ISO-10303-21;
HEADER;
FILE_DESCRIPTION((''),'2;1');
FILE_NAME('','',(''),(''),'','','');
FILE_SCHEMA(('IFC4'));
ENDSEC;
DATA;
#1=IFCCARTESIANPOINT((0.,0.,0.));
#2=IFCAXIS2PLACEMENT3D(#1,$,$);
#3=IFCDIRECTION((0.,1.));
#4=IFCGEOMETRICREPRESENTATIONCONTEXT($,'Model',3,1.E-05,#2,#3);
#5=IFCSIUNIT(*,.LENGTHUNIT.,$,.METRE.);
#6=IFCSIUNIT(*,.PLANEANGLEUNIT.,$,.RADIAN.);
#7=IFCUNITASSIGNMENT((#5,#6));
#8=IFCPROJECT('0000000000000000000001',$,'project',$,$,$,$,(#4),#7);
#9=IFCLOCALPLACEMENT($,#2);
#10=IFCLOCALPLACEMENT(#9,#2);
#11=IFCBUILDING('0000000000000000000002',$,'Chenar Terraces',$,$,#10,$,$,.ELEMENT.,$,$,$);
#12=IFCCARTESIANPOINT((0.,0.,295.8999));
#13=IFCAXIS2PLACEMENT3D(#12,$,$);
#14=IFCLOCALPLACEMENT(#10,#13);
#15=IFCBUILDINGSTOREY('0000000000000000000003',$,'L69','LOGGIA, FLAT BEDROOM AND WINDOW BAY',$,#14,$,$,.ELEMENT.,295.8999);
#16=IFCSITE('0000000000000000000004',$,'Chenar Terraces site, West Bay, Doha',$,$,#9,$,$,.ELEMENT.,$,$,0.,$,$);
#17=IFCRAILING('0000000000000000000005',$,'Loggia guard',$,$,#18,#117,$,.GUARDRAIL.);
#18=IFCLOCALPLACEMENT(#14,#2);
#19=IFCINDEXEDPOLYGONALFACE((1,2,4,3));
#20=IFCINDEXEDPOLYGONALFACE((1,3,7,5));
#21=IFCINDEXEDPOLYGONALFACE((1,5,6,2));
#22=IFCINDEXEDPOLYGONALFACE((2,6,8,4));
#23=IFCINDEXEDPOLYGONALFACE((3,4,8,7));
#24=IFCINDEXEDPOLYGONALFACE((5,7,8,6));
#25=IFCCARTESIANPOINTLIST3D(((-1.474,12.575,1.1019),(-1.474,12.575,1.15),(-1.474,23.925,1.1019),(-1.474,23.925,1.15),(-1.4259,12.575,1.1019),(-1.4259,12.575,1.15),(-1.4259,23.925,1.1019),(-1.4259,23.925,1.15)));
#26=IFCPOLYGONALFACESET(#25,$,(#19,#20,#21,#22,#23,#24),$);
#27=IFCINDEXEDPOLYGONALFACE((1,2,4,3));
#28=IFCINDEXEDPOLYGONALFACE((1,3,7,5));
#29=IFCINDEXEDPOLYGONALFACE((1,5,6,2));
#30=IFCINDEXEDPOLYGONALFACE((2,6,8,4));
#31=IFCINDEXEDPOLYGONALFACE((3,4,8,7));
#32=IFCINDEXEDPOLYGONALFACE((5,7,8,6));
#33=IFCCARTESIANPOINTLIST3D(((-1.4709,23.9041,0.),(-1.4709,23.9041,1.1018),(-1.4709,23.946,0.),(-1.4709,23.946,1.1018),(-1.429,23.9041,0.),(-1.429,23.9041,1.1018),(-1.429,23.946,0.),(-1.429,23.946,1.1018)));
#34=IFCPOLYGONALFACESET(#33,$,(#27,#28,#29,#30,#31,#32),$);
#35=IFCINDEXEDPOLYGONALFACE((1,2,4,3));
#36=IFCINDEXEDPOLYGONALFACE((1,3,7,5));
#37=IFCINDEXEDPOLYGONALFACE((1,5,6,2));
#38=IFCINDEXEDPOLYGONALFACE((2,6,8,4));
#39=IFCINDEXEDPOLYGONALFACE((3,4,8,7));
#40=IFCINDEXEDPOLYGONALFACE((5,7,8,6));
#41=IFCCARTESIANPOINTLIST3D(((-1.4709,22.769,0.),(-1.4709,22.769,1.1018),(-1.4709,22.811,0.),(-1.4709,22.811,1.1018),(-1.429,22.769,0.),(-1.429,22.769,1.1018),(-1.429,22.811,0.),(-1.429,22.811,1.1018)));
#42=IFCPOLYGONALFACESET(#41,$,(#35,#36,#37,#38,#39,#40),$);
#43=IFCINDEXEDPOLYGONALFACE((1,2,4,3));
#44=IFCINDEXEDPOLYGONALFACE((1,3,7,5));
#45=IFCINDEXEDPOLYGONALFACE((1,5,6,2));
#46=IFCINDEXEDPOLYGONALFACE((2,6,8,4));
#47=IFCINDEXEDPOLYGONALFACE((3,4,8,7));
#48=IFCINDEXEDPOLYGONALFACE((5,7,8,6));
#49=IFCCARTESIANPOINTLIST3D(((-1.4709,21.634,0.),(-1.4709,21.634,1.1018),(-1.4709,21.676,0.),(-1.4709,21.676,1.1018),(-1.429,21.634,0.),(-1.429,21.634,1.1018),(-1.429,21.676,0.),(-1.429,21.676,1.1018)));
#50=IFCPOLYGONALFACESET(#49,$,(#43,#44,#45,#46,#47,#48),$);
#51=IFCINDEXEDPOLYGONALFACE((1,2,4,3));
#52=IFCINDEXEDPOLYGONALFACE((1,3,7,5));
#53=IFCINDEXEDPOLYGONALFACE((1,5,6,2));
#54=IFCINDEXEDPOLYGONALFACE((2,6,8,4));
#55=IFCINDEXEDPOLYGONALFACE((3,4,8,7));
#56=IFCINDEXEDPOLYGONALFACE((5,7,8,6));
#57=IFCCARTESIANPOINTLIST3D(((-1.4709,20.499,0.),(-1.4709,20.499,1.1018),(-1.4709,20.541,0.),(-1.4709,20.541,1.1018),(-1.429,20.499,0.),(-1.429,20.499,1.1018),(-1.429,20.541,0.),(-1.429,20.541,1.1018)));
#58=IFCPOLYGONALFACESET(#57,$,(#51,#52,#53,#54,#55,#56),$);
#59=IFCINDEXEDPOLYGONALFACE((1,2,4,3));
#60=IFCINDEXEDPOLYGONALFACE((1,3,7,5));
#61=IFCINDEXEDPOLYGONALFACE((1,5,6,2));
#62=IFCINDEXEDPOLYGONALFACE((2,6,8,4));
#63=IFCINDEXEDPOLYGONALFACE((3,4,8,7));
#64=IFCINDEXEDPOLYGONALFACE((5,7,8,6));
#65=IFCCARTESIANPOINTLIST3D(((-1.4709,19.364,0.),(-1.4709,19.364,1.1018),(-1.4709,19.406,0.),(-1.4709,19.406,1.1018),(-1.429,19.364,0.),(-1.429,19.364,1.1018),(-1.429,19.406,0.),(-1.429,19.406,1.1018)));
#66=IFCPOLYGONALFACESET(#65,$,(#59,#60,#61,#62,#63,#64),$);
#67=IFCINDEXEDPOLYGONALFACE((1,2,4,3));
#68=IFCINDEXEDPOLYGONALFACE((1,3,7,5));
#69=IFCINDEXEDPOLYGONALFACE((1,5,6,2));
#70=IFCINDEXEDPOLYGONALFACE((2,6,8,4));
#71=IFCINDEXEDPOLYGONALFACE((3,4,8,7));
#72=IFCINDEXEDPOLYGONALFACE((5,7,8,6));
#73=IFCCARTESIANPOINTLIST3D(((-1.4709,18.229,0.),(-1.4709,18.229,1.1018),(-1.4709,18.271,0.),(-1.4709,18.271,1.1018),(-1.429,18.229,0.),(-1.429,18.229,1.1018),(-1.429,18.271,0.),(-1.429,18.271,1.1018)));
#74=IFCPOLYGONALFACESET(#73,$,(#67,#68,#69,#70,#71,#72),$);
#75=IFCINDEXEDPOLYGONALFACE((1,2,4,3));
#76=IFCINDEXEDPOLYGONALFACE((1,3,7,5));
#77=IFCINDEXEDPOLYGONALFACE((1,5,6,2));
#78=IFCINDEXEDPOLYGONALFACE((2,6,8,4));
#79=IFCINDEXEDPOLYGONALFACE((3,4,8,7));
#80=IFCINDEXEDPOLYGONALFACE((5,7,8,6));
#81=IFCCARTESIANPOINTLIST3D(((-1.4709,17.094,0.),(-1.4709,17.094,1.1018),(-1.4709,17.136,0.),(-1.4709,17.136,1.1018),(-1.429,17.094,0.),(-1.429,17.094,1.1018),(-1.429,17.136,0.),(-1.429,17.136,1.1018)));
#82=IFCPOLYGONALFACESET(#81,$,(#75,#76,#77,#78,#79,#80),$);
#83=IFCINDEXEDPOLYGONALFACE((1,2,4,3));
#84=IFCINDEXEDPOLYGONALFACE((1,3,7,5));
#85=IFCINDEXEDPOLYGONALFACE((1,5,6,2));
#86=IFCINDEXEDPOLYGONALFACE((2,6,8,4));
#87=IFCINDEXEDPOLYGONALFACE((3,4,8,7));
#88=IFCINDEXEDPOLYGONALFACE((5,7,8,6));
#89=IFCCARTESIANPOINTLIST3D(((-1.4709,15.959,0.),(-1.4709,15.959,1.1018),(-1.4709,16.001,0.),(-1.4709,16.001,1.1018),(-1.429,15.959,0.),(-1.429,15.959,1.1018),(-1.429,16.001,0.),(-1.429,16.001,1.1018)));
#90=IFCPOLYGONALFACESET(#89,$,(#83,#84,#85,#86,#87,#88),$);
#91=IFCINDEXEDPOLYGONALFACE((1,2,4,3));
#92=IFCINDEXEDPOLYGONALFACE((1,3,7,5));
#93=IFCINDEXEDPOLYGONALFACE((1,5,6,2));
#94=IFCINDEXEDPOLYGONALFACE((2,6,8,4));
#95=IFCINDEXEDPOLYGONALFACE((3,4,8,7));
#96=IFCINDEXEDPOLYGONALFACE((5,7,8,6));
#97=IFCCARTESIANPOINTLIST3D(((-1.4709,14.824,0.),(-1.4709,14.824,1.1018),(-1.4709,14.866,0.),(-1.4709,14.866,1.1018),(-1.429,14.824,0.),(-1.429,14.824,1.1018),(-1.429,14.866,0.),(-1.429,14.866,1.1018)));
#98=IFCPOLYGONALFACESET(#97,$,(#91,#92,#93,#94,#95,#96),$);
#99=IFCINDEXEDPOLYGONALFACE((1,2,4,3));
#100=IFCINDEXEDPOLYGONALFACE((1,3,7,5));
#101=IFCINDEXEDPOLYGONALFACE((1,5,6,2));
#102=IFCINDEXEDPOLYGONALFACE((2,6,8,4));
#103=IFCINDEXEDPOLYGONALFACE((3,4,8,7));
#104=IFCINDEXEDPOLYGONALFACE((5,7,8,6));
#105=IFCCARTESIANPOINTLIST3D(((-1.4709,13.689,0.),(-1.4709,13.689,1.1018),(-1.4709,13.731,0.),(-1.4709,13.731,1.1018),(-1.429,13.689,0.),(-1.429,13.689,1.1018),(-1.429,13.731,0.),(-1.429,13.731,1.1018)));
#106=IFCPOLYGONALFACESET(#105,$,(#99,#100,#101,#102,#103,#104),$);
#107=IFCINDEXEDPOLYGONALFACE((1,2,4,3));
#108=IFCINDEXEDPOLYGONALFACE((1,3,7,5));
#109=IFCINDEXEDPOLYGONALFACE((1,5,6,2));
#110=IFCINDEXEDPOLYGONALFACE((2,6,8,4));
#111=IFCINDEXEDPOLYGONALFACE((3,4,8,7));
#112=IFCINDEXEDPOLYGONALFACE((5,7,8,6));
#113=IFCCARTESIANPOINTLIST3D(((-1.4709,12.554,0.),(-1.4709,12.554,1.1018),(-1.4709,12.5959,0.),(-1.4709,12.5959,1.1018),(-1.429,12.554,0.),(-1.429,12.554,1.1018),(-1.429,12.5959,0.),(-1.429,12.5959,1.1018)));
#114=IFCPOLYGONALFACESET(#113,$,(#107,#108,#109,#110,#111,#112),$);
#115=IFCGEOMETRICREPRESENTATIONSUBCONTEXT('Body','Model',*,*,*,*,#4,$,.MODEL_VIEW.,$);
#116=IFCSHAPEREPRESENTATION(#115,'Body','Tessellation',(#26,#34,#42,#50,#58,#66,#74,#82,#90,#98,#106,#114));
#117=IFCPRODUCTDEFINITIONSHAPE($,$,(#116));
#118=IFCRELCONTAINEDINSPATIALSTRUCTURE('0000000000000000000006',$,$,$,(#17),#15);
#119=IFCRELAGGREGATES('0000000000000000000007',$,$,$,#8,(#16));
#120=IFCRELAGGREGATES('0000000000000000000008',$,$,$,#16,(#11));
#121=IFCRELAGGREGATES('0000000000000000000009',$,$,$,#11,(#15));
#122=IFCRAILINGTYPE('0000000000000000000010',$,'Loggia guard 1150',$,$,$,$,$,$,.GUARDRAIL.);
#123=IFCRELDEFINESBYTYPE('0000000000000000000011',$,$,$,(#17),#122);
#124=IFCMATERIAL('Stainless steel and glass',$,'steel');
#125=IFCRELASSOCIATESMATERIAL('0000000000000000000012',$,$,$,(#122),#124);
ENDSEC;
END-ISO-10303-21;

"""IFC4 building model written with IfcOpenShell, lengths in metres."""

from ifc_helpers import new_model, si_unit, direction, frame, origin, origin_2d, place, context, subcontext, project, spatial, rectangle, extrude, material, type_object, element, save


model = new_model("IFC4")

# Units and contexts
model_context = context("Model", 3, precision=1e-05, world=origin(), true_north=direction((0.0, 1.0)))
body_context = subcontext(model_context, "Body", "Model", "MODEL_VIEW")
ifc_project = project(units=[si_unit("LENGTHUNIT", "METRE"), si_unit("PLANEANGLEUNIT", "RADIAN")], contexts=[model_context])

# Site, building, storey
site_placement = place(None, origin())
site = spatial("IfcSite", under=ifc_project, at=site_placement, Name="Chenar Terraces site, West Bay, Doha", CompositionType="ELEMENT", RefElevation=0.0)
building_placement = place(site_placement, origin())
building = spatial("IfcBuilding", under=site, at=building_placement, Name="Chenar Terraces", CompositionType="ELEMENT")
storey_placement = place(building_placement, frame((0.0, 0.0, 295.8999)))
storey = spatial("IfcBuildingStorey", under=building, at=storey_placement, Name="L69", Description="LOGGIA, FLAT BEDROOM AND WINDOW BAY", CompositionType="ELEMENT", Elevation=295.8999)

# Railing
ifc_material_1 = material(Name="Stainless steel and glass", Category="steel")
railing_type_1 = type_object("IfcRailingType", Name="Loggia guard 1150", PredefinedType="GUARDRAIL", material=ifc_material_1)
railing_1_placement = place(storey_placement, frame((-1.45, 23.925, 0.0)))
element("IfcRailing", 1, at=railing_1_placement, inside=storey, type_object=railing_type_1, Name="Loggia guard", PredefinedType="GUARDRAIL", context=body_context, shape_type="SweptSolid", body=[
    extrude(rectangle(XDim=0.0481, YDim=0.0481, at=origin_2d()), frame((0.0, 0.0, 1.126), z_axis=(0.0, -1.0, 0.0), x_axis=(1.0, 0.0, 0.0)), (0.0, 0.0, 1.0), 11.3501),
    extrude(rectangle(XDim=0.042, YDim=0.042, at=origin_2d()), origin(), (0.0, 0.0, 1.0), 1.1018),
    extrude(rectangle(XDim=0.042, YDim=0.042, at=origin_2d()), frame((0.0, -1.135, 0.0)), (0.0, 0.0, 1.0), 1.1018),
    extrude(rectangle(XDim=0.042, YDim=0.042, at=origin_2d()), frame((0.0, -2.27, 0.0)), (0.0, 0.0, 1.0), 1.1018),
    extrude(rectangle(XDim=0.042, YDim=0.042, at=origin_2d()), frame((0.0, -3.405, 0.0)), (0.0, 0.0, 1.0), 1.1018),
    extrude(rectangle(XDim=0.042, YDim=0.042, at=origin_2d()), frame((0.0, -4.54, 0.0)), (0.0, 0.0, 1.0), 1.1018),
    extrude(rectangle(XDim=0.042, YDim=0.042, at=origin_2d()), frame((0.0, -5.675, 0.0)), (0.0, 0.0, 1.0), 1.1018),
    extrude(rectangle(XDim=0.042, YDim=0.042, at=origin_2d()), frame((0.0, -6.8101, 0.0)), (0.0, 0.0, 1.0), 1.1018),
    extrude(rectangle(XDim=0.042, YDim=0.042, at=origin_2d()), frame((0.0, -7.9451, 0.0)), (0.0, 0.0, 1.0), 1.1018),
    extrude(rectangle(XDim=0.042, YDim=0.042, at=origin_2d()), frame((0.0, -9.0801, 0.0)), (0.0, 0.0, 1.0), 1.1018),
    extrude(rectangle(XDim=0.042, YDim=0.042, at=origin_2d()), frame((0.0, -10.2151, 0.0)), (0.0, 0.0, 1.0), 1.1018),
    extrude(rectangle(XDim=0.042, YDim=0.042, at=origin_2d()), frame((0.0, -11.3501, 0.0)), (0.0, 0.0, 1.0), 1.1018),
])

save(model, "model.ifc")
